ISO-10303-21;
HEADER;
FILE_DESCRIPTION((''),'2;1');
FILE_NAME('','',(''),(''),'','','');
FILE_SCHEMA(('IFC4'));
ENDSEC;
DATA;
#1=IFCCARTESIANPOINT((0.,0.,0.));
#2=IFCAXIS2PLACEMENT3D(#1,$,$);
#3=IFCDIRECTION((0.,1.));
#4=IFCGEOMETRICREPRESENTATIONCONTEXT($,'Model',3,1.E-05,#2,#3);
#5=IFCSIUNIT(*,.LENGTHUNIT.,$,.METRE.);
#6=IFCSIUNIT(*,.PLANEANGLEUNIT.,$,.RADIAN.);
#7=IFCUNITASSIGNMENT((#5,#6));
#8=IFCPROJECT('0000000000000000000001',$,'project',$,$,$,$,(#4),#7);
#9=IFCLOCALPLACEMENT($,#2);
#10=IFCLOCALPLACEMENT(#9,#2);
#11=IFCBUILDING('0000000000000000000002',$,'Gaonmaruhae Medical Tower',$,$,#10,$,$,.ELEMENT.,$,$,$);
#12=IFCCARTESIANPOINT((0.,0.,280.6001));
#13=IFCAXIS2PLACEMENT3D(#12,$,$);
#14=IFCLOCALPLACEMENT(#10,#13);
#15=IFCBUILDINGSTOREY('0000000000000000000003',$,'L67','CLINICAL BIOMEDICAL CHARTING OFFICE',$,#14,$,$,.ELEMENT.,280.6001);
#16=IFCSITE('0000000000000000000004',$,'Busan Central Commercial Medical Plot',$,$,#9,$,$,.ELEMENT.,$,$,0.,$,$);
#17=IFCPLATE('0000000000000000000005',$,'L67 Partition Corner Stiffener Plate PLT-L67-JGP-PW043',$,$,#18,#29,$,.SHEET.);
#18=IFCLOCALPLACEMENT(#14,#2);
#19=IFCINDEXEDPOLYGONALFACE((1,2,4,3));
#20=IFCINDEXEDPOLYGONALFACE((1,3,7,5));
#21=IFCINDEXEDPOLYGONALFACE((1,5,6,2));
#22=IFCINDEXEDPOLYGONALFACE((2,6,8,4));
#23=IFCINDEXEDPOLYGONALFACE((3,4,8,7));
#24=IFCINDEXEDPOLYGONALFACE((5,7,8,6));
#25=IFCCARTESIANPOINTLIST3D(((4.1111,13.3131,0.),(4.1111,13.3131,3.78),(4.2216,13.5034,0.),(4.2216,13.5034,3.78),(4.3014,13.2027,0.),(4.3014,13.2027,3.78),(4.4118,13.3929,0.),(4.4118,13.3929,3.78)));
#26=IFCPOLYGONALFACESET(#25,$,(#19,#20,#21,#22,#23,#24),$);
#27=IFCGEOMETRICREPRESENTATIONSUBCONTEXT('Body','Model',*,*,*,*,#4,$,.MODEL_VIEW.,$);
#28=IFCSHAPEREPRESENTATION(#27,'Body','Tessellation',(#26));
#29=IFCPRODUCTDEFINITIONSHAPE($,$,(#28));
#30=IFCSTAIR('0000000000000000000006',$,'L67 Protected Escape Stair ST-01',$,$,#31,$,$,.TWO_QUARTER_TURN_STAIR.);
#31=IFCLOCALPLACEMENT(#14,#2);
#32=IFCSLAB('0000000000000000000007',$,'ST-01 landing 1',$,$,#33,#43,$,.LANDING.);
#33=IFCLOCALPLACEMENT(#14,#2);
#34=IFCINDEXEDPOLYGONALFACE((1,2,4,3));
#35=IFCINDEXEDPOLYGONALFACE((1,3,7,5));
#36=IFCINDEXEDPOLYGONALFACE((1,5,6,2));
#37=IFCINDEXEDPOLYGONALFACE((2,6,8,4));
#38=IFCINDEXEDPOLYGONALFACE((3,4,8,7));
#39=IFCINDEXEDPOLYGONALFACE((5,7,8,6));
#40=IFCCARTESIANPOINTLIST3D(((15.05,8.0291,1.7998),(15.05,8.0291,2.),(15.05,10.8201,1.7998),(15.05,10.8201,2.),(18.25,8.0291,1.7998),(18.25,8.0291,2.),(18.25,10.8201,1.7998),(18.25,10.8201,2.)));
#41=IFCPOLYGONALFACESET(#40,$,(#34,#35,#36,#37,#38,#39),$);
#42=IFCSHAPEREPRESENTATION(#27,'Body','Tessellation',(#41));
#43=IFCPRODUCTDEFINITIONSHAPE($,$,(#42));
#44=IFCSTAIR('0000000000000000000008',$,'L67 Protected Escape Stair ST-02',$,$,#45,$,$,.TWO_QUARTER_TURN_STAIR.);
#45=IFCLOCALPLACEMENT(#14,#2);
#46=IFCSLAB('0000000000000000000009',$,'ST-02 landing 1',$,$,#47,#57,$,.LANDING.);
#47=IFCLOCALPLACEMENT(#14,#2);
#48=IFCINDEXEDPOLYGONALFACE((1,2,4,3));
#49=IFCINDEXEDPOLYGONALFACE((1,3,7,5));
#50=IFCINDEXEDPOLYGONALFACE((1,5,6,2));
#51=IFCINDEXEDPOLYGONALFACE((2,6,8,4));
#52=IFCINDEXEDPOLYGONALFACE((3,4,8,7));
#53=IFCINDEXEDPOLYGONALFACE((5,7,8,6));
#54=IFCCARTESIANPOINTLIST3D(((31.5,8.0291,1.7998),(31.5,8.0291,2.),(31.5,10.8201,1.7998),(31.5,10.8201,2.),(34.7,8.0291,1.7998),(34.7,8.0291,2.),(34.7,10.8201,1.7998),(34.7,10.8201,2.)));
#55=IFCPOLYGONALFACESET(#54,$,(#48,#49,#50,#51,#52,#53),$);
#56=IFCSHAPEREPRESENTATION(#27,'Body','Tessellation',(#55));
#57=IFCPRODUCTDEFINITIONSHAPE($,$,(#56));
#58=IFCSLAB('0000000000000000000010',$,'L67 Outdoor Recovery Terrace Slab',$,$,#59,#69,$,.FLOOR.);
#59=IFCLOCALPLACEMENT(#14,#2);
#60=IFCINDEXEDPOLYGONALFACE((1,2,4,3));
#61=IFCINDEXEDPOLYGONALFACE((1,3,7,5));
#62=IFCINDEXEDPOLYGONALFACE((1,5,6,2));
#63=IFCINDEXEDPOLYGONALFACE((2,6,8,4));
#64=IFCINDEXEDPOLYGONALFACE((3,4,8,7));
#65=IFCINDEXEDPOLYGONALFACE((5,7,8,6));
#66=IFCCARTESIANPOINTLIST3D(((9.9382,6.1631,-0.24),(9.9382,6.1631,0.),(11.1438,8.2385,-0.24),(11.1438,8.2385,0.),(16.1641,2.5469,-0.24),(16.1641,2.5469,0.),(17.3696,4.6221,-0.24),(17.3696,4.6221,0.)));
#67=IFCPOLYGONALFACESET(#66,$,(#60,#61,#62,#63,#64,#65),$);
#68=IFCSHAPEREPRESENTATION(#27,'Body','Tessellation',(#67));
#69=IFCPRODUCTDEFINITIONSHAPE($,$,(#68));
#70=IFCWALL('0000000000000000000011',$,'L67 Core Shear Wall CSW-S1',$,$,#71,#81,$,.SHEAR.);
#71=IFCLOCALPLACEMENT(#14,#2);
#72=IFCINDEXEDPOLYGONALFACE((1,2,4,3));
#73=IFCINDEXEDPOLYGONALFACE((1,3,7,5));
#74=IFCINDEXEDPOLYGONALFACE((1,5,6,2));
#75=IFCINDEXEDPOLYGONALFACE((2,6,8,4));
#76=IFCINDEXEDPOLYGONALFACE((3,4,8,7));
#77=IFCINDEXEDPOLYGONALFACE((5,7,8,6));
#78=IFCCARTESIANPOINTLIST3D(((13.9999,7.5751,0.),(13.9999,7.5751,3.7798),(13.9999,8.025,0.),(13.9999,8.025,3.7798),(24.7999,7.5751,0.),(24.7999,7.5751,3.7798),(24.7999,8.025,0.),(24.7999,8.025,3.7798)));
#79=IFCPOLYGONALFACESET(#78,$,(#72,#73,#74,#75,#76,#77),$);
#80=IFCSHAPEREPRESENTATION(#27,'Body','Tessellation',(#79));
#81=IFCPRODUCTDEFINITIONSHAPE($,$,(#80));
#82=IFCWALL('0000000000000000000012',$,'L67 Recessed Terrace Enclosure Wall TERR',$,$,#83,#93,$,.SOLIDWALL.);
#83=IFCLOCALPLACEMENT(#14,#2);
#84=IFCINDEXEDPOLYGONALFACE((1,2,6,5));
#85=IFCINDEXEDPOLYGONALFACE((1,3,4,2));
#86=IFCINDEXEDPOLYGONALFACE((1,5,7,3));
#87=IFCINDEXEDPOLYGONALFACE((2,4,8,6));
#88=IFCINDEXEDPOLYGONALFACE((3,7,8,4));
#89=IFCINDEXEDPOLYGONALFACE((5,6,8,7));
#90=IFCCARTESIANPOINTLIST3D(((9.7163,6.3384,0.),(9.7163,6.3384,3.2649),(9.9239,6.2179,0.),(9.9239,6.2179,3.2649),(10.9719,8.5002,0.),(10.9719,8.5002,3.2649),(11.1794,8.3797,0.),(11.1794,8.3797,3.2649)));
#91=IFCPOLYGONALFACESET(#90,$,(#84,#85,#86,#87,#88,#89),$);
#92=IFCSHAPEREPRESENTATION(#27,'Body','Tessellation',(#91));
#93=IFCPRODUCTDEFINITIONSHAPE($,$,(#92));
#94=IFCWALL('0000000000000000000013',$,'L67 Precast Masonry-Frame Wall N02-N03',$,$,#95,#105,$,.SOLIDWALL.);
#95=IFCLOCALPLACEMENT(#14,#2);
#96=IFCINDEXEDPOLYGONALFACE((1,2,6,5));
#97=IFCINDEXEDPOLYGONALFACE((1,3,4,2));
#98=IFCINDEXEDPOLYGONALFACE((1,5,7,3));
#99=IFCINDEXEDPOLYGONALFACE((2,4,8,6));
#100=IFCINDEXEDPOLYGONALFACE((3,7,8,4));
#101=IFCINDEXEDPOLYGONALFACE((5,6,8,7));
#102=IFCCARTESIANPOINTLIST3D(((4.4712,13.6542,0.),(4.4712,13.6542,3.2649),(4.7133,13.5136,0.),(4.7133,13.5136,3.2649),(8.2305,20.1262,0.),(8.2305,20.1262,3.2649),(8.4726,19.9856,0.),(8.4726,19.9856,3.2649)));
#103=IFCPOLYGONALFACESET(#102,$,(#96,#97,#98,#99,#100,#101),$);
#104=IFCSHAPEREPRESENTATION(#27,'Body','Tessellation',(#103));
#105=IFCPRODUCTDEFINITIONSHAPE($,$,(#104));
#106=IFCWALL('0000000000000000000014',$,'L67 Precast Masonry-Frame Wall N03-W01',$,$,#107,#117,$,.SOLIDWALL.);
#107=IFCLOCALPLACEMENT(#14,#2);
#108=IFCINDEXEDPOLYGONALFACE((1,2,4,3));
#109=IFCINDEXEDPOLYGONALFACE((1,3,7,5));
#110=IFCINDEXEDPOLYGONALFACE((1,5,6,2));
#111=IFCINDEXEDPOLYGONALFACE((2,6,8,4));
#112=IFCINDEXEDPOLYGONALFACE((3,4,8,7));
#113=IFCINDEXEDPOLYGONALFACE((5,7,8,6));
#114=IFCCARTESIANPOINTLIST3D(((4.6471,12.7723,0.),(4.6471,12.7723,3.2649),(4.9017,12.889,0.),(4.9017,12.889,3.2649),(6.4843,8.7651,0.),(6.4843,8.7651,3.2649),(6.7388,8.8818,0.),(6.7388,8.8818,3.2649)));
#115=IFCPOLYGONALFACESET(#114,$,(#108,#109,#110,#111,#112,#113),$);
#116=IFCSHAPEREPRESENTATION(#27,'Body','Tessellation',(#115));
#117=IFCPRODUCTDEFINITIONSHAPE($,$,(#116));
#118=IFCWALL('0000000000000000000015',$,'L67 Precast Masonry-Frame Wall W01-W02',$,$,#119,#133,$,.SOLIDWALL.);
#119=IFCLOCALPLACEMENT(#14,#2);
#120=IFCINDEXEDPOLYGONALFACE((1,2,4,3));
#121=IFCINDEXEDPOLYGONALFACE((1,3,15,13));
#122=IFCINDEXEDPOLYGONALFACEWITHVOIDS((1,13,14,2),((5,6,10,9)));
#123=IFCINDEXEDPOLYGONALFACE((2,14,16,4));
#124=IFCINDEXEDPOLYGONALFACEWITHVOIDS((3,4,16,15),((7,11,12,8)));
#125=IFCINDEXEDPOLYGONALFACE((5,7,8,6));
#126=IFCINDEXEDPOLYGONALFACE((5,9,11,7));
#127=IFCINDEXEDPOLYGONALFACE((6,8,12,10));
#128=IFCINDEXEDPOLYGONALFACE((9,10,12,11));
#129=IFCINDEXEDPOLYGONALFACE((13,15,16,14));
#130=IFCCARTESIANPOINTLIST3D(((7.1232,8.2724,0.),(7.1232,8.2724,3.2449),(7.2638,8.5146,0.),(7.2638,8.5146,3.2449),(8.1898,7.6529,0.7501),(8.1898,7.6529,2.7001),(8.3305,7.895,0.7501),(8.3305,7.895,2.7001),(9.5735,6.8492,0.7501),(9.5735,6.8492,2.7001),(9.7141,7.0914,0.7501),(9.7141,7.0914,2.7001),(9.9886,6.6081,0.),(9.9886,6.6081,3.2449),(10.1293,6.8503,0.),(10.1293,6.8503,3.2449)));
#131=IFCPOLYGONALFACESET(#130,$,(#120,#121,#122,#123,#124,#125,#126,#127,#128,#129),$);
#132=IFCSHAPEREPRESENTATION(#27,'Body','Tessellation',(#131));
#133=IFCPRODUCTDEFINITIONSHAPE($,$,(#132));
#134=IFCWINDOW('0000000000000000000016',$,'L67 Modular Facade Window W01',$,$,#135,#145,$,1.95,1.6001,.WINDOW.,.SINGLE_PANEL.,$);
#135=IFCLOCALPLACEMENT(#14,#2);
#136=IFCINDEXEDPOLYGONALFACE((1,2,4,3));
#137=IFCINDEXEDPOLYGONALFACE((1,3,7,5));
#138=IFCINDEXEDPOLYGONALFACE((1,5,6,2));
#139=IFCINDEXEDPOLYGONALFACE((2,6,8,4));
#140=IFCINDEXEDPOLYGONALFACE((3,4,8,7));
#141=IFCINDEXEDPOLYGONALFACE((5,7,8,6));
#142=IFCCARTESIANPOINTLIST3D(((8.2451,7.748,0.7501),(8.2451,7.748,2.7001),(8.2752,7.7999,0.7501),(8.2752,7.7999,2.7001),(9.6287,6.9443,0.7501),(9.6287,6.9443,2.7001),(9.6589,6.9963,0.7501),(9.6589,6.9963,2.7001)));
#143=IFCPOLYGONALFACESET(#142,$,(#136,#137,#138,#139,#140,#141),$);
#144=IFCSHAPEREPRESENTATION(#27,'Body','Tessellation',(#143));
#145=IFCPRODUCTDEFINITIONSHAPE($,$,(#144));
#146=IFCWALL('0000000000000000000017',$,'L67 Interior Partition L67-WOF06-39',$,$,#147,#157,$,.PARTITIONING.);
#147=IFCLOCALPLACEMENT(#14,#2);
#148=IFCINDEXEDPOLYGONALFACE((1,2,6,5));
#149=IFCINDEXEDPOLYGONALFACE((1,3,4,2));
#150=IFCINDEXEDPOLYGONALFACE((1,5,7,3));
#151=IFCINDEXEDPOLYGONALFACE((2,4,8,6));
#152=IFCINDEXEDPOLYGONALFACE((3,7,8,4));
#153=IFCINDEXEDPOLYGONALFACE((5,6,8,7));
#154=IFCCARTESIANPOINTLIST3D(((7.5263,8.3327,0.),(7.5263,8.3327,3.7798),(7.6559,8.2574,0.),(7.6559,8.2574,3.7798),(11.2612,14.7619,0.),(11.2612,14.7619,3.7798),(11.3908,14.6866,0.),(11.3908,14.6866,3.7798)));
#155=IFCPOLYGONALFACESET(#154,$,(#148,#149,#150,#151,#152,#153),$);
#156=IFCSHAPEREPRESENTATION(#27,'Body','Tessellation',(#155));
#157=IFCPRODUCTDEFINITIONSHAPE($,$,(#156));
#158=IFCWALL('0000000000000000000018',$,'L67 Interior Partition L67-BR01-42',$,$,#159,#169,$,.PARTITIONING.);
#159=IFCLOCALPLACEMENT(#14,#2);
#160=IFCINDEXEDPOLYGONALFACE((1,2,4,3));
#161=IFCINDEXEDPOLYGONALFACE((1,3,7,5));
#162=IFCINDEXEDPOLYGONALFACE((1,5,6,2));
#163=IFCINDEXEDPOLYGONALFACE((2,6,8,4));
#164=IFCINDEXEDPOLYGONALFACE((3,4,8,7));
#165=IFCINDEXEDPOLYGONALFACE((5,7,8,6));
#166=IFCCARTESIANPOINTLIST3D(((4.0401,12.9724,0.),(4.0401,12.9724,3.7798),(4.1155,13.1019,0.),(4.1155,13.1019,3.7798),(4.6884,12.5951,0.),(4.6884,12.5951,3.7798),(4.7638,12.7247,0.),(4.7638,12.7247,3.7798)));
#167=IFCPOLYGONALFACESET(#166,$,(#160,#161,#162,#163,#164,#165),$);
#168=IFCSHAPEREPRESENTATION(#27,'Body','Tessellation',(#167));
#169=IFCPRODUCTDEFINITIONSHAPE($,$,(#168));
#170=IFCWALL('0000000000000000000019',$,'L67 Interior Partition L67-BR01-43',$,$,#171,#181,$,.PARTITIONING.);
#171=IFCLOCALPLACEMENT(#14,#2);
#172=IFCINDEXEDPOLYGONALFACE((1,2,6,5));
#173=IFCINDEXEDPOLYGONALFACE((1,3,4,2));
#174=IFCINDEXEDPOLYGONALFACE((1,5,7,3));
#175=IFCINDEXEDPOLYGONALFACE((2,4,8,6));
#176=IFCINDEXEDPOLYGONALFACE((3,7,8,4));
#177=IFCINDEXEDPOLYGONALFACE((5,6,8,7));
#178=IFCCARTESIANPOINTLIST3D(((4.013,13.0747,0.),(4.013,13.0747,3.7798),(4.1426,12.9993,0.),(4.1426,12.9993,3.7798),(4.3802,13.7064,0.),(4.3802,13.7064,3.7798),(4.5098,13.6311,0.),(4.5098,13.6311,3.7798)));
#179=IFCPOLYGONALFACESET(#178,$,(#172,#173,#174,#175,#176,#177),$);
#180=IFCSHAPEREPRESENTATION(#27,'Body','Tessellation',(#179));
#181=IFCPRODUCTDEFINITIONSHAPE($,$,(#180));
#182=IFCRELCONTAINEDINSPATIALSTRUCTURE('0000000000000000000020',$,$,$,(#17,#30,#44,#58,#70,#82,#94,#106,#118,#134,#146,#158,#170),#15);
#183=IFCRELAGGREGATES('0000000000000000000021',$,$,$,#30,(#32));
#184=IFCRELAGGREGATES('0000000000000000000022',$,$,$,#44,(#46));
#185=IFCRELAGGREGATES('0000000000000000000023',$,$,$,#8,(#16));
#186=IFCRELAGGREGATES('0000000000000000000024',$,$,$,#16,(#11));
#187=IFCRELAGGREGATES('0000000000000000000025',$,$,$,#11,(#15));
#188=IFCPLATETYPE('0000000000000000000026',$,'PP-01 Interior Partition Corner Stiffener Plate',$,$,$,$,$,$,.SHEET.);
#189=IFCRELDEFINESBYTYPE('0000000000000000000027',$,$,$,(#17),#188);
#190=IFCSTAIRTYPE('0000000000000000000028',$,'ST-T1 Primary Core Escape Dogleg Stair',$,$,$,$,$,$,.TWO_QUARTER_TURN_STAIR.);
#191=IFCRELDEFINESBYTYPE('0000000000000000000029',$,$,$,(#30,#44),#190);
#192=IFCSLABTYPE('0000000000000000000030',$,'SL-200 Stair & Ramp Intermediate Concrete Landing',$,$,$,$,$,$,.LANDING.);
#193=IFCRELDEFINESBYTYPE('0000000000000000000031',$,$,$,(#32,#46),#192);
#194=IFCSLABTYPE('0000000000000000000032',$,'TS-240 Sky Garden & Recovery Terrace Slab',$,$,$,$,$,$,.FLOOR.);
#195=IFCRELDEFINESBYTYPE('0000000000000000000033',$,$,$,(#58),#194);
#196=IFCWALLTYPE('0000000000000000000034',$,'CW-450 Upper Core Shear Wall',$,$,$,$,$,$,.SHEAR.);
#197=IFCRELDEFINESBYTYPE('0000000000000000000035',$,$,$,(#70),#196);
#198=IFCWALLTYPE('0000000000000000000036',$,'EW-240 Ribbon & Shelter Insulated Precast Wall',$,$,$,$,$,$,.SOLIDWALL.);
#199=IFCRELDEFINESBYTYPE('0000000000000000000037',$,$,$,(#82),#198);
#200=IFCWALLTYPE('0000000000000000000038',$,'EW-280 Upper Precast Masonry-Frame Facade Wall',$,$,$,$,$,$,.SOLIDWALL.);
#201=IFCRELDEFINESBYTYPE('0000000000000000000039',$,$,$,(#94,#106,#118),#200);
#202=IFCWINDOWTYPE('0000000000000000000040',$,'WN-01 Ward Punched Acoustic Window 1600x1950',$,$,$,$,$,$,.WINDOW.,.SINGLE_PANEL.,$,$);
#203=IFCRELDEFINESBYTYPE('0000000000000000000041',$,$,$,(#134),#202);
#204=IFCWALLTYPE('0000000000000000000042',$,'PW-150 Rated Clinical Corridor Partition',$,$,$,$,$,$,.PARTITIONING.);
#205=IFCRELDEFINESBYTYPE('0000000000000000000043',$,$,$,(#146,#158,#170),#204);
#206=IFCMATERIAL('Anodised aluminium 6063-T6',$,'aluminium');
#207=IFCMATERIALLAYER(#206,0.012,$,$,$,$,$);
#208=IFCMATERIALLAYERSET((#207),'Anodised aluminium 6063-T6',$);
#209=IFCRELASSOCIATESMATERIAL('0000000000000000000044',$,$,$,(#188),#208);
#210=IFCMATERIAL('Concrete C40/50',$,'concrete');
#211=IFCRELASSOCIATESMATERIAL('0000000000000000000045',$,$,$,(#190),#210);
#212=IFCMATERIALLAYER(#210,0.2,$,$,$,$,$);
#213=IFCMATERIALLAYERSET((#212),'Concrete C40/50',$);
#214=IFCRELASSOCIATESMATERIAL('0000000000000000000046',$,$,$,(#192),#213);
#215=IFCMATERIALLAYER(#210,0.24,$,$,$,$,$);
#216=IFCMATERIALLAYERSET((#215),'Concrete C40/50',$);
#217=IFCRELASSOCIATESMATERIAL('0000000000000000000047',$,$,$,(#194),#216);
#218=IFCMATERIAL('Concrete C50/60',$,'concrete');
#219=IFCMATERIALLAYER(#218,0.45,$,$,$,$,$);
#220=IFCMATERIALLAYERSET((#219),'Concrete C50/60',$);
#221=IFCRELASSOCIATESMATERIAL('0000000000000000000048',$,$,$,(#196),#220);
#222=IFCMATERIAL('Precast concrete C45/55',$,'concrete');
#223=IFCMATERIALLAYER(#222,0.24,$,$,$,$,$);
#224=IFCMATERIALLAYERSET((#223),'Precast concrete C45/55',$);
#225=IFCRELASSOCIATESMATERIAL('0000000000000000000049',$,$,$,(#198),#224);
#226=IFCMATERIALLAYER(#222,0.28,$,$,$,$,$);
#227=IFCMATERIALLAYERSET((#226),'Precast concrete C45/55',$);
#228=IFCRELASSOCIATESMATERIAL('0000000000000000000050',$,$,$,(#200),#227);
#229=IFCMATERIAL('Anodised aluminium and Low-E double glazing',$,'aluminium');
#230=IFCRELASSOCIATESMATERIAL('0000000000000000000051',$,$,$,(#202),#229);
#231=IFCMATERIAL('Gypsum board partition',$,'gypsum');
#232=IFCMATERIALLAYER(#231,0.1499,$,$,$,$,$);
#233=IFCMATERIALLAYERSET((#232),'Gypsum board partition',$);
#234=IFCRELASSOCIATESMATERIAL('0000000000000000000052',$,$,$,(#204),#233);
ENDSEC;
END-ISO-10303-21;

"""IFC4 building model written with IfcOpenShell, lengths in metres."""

from ifc_helpers import new_model, si_unit, direction, frame, frame_2d, origin, origin_2d, place, context, subcontext, project, spatial, polyline, rectangle, outline, extrude, material, layer, layer_set, type_object, element, fill, aggregate, save


model = new_model("IFC4")

# Units and contexts
model_context = context("Model", 3, precision=1e-05, world=origin(), true_north=direction((0.0, 1.0)))
body_context = subcontext(model_context, "Body", "Model", "MODEL_VIEW")
ifc_project = project(units=[si_unit("LENGTHUNIT", "METRE"), si_unit("PLANEANGLEUNIT", "RADIAN")], contexts=[model_context])

# Site, building, storey
site_placement = place(None, origin())
site = spatial("IfcSite", under=ifc_project, at=site_placement, Name="Busan Central Commercial Medical Plot", CompositionType="ELEMENT", RefElevation=0.0)
building_placement = place(site_placement, origin())
building = spatial("IfcBuilding", under=site, at=building_placement, Name="Gaonmaruhae Medical Tower", CompositionType="ELEMENT")
storey_placement = place(building_placement, frame((0.0, 0.0, 280.6001)))
storey = spatial("IfcBuildingStorey", under=building, at=storey_placement, Name="L67", Description="CLINICAL BIOMEDICAL CHARTING OFFICE", CompositionType="ELEMENT", Elevation=280.6001)

# Shared definitions
ifc_material_1 = material(Name="Concrete C50/60", Category="concrete")

# Shared definitions
ifc_material_2 = material(Name="Concrete C40/50", Category="concrete")

# Plate
ifc_material_3 = material(Name="Anodised aluminium 6063-T6", Category="aluminium")
ifc_layer_1 = layer(ifc_material_3, 0.012)
ifc_layer_set_1 = layer_set([ifc_layer_1], Name="Anodised aluminium 6063-T6")
plate_type_1 = type_object("IfcPlateType", Name="PP-01 Interior Partition Corner Stiffener Plate", PredefinedType="SHEET", material=ifc_layer_set_1)
for number, where, z_axis, x_axis, name in (
    (1, (4.2615, 13.353, 0.0), (0.0, 0.0, 1.0), (0.502175, 0.864766, 0.0), "L67 Partition Corner Stiffener Plate PLT-L67-JGP-PW043"),
):
    element("IfcPlate", number, at=place(storey_placement, frame(where, z_axis=z_axis, x_axis=x_axis)), inside=storey, type_object=plate_type_1, Name=name, PredefinedType="SHEET", context=body_context, shape_type="SweptSolid", body=[
        extrude(rectangle(XDim=0.22, YDim=0.22, at=origin_2d()), origin(), (0.0, 0.0, 1.0), 3.78),
    ])

# Stairs, slabs
stair_type = type_object("IfcStairType", Name="ST-T1 Primary Core Escape Dogleg Stair", PredefinedType="TWO_QUARTER_TURN_STAIR", material=ifc_material_2)
stair_1_placement = place(storey_placement, origin())
stair_1 = element("IfcStair", 2, at=stair_1_placement, inside=storey, type_object=stair_type, Name="L67 Protected Escape Stair ST-01", PredefinedType="TWO_QUARTER_TURN_STAIR")
ifc_layer_2 = layer(ifc_material_2, 0.2)
ifc_layer_set_2 = layer_set([ifc_layer_2], Name="Concrete C40/50")
slab_type_1 = type_object("IfcSlabType", Name="SL-200 Stair & Ramp Intermediate Concrete Landing", PredefinedType="LANDING", material=ifc_layer_set_2)
slab_1_placement = place(storey_placement, frame((0.0, 0.0, 1.7998)))
slab_1 = element("IfcSlab", 3, at=slab_1_placement, type_object=slab_type_1, Name="ST-01 landing 1", PredefinedType="LANDING", context=body_context, shape_type="SweptSolid", body=[
    extrude(outline(polyline([(15.05, 10.8201), (15.05, 8.0291), (18.25, 8.0291), (18.25, 10.8201), (15.05, 10.8201)])), origin(), (0.0, 0.0, 1.0), 0.2002),
])
aggregate(stair_1, [slab_1])
stair_2_placement = place(storey_placement, origin())
stair_2 = element("IfcStair", 4, at=stair_2_placement, inside=storey, type_object=stair_type, Name="L67 Protected Escape Stair ST-02", PredefinedType="TWO_QUARTER_TURN_STAIR")
slab_2_placement = place(storey_placement, frame((0.0, 0.0, 1.7998)))
slab_2 = element("IfcSlab", 5, at=slab_2_placement, type_object=slab_type_1, Name="ST-02 landing 1", PredefinedType="LANDING", context=body_context, shape_type="SweptSolid", body=[
    extrude(outline(polyline([(31.5, 10.8201), (31.5, 8.0291), (34.7, 8.0291), (34.7, 10.8201), (31.5, 10.8201)])), origin(), (0.0, 0.0, 1.0), 0.2002),
])
aggregate(stair_2, [slab_2])

# Slab
ifc_layer_3 = layer(ifc_material_2, 0.24)
ifc_layer_set_3 = layer_set([ifc_layer_3], Name="Concrete C40/50")
slab_type_2 = type_object("IfcSlabType", Name="TS-240 Sky Garden & Recovery Terrace Slab", PredefinedType="FLOOR", material=ifc_layer_set_3)
slab_3_placement = place(storey_placement, frame((0.0, 0.0, -0.24)))
element("IfcSlab", 6, at=slab_3_placement, inside=storey, type_object=slab_type_2, Name="L67 Outdoor Recovery Terrace Slab", PredefinedType="FLOOR", context=body_context, shape_type="SweptSolid", body=[
    extrude(outline(polyline([(16.1641, 2.5469), (17.3696, 4.6221), (11.1438, 8.2385), (9.9382, 6.1631), (16.1641, 2.5469)])), origin(), (0.0, 0.0, 1.0), 0.24),
])

# Walls
ifc_layer_4 = layer(ifc_material_1, 0.45)
ifc_layer_set_4 = layer_set([ifc_layer_4], Name="Concrete C50/60")
wall_type_1 = type_object("IfcWallType", Name="CW-450 Upper Core Shear Wall", PredefinedType="SHEAR", material=ifc_layer_set_4)
wall_1_placement = place(storey_placement, frame((14.0, 7.8, 0.0), z_axis=(0.0, 0.0, 1.0), x_axis=(1.0, 0.0, 0.0)))
element("IfcWall", 7, at=wall_1_placement, inside=storey, type_object=wall_type_1, Name="L67 Core Shear Wall CSW-S1", PredefinedType="SHEAR", context=body_context, shape_type="SweptSolid", body=[
    extrude(rectangle(XDim=10.8, YDim=0.45, at=frame_2d((5.3999, 0.0))), origin(), (0.0, 0.0, 1.0), 3.7798),
])
ifc_material_4 = material(Name="Precast concrete C45/55", Category="concrete")
ifc_layer_5 = layer(ifc_material_4, 0.24)
ifc_layer_set_5 = layer_set([ifc_layer_5], Name="Precast concrete C45/55")
wall_type_2 = type_object("IfcWallType", Name="EW-240 Ribbon & Shelter Insulated Precast Wall", PredefinedType="SOLIDWALL", material=ifc_layer_set_5)
wall_2_placement = place(storey_placement, frame((11.0757, 8.4399, 0.0), z_axis=(0.0, 0.0, 1.0), x_axis=(-0.502237, -0.86473, 0.0)))
element("IfcWall", 8, at=wall_2_placement, inside=storey, type_object=wall_type_2, Name="L67 Recessed Terrace Enclosure Wall TERR", PredefinedType="SOLIDWALL", context=body_context, shape_type="SweptSolid", body=[
    extrude(rectangle(XDim=2.5, YDim=0.24, at=frame_2d((1.25, 0.0))), origin(), (0.0, 0.0, 1.0), 3.2649),
])
ifc_layer_6 = layer(ifc_material_4, 0.28)
ifc_layer_set_6 = layer_set([ifc_layer_6], Name="Precast concrete C45/55")
wall_type_3 = type_object("IfcWallType", Name="EW-280 Upper Precast Masonry-Frame Facade Wall", PredefinedType="SOLIDWALL", material=ifc_layer_set_6)
wall_3_placement = place(storey_placement, frame((4.5923, 13.584, 0.0), z_axis=(0.0, 0.0, 1.0), x_axis=(0.502274, 0.864709, 0.0)))
element("IfcWall", 9, at=wall_3_placement, inside=storey, type_object=wall_type_3, Name="L67 Precast Masonry-Frame Wall N02-N03", PredefinedType="SOLIDWALL", context=body_context, shape_type="SweptSolid", body=[
    extrude(rectangle(XDim=7.4846, YDim=0.28, at=frame_2d((3.7422, 0.0))), origin(), (0.0, 0.0, 1.0), 3.2649),
])
wall_4_placement = place(storey_placement, frame((6.6116, 8.8235, 0.0), z_axis=(0.0, 0.0, 1.0), x_axis=(-0.416763, 0.909015, 0.0)))
element("IfcWall", 10, at=wall_4_placement, inside=storey, type_object=wall_type_3, Name="L67 Precast Masonry-Frame Wall N03-W01", PredefinedType="SOLIDWALL", context=body_context, shape_type="SweptSolid", body=[
    extrude(rectangle(XDim=4.4082, YDim=0.28, at=frame_2d((2.2041, 0.0))), origin(), (0.0, 0.0, 1.0), 3.2649),
])

# Wall, opening, window
wall_5_placement = place(storey_placement, frame((10.0588, 6.7292, 0.0), z_axis=(0.0, 0.0, 1.0), x_axis=(-0.864726, 0.502244, 0.0)))
wall_5 = element("IfcWall", 11, at=wall_5_placement, inside=storey, type_object=wall_type_3, Name="L67 Precast Masonry-Frame Wall W01-W02", PredefinedType="SOLIDWALL", context=body_context, shape_type="SweptSolid", body=[
    extrude(rectangle(XDim=3.3137, YDim=0.28, at=frame_2d((1.6567, 0.0))), origin(), (0.0, 0.0, 1.0), 3.2449),
])
opening_placement = place(wall_5_placement, frame((0.48, 0.0, 0.75)))
opening = element("IfcOpeningElement", 12, at=opening_placement, cuts=wall_5, PredefinedType="OPENING", context=body_context, shape_type="SweptSolid", body=[
    extrude(rectangle(XDim=1.6001, YDim=1.95, at=frame_2d((0.8, 0.9751))), frame((0.0, 0.1499, 0.0), z_axis=(0.0, -1.0, 0.0), x_axis=(1.0, 0.0, 0.0)), (0.0, 0.0, 1.0), 0.3),
])
ifc_material_5 = material(Name="Anodised aluminium and Low-E double glazing", Category="aluminium")
window_type = type_object("IfcWindowType", Name="WN-01 Ward Punched Acoustic Window 1600x1950", PartitioningType="SINGLE_PANEL", PredefinedType="WINDOW", material=ifc_material_5)
window_placement = place(opening_placement, origin())
window = element("IfcWindow", 13, at=window_placement, inside=storey, type_object=window_type, Name="L67 Modular Facade Window W01", OverallHeight=1.95, OverallWidth=1.6001, PartitioningType="SINGLE_PANEL", PredefinedType="WINDOW", context=body_context, shape_type="SweptSolid", body=[
    extrude(rectangle(XDim=1.6001, YDim=1.95, at=frame_2d((0.8, 0.9751))), frame((0.0, 0.03, 0.0), z_axis=(0.0, -1.0, 0.0), x_axis=(1.0, 0.0, 0.0)), (0.0, 0.0, 1.0), 0.0601),
])
fill(opening, window)

# Walls
ifc_material_6 = material(Name="Gypsum board partition", Category="gypsum")
ifc_layer_7 = layer(ifc_material_6, 0.1499)
ifc_layer_set_7 = layer_set([ifc_layer_7], Name="Gypsum board partition")
wall_type_4 = type_object("IfcWallType", Name="PW-150 Rated Clinical Corridor Partition", PredefinedType="PARTITIONING", material=ifc_layer_set_7)
wall_6_placement = place(storey_placement, frame((7.5911, 8.2949, 0.0), z_axis=(0.0, 0.0, 1.0), x_axis=(0.502315, 0.864685, 0.0)))
element("IfcWall", 14, at=wall_6_placement, inside=storey, type_object=wall_type_4, Name="L67 Interior Partition L67-WOF06-39", PredefinedType="PARTITIONING", context=body_context, shape_type="SweptSolid", body=[
    extrude(rectangle(XDim=7.4353, YDim=0.1499, at=frame_2d((3.7178, 0.0))), origin(), (0.0, 0.0, 1.0), 3.7798),
])
wall_7_placement = place(storey_placement, frame((4.7261, 12.6599, 0.0), z_axis=(0.0, 0.0, 1.0), x_axis=(-0.86431, 0.50296, 0.0)))
element("IfcWall", 15, at=wall_7_placement, inside=storey, type_object=wall_type_4, Name="L67 Interior Partition L67-BR01-42", PredefinedType="PARTITIONING", context=body_context, shape_type="SweptSolid", body=[
    extrude(rectangle(XDim=0.75, YDim=0.1499, at=frame_2d((0.375, 0.0))), origin(), (0.0, 0.0, 1.0), 3.7798),
])
wall_8_placement = place(storey_placement, frame((4.0779, 13.0371, 0.0), z_axis=(0.0, 0.0, 1.0), x_axis=(0.502458, 0.864602, 0.0)))
element("IfcWall", 16, at=wall_8_placement, inside=storey, type_object=wall_type_4, Name="L67 Interior Partition L67-BR01-43", PredefinedType="PARTITIONING", context=body_context, shape_type="SweptSolid", body=[
    extrude(rectangle(XDim=0.7307, YDim=0.1499, at=frame_2d((0.3652, 0.0))), origin(), (0.0, 0.0, 1.0), 3.7798),
])

save(model, "model.ifc")
